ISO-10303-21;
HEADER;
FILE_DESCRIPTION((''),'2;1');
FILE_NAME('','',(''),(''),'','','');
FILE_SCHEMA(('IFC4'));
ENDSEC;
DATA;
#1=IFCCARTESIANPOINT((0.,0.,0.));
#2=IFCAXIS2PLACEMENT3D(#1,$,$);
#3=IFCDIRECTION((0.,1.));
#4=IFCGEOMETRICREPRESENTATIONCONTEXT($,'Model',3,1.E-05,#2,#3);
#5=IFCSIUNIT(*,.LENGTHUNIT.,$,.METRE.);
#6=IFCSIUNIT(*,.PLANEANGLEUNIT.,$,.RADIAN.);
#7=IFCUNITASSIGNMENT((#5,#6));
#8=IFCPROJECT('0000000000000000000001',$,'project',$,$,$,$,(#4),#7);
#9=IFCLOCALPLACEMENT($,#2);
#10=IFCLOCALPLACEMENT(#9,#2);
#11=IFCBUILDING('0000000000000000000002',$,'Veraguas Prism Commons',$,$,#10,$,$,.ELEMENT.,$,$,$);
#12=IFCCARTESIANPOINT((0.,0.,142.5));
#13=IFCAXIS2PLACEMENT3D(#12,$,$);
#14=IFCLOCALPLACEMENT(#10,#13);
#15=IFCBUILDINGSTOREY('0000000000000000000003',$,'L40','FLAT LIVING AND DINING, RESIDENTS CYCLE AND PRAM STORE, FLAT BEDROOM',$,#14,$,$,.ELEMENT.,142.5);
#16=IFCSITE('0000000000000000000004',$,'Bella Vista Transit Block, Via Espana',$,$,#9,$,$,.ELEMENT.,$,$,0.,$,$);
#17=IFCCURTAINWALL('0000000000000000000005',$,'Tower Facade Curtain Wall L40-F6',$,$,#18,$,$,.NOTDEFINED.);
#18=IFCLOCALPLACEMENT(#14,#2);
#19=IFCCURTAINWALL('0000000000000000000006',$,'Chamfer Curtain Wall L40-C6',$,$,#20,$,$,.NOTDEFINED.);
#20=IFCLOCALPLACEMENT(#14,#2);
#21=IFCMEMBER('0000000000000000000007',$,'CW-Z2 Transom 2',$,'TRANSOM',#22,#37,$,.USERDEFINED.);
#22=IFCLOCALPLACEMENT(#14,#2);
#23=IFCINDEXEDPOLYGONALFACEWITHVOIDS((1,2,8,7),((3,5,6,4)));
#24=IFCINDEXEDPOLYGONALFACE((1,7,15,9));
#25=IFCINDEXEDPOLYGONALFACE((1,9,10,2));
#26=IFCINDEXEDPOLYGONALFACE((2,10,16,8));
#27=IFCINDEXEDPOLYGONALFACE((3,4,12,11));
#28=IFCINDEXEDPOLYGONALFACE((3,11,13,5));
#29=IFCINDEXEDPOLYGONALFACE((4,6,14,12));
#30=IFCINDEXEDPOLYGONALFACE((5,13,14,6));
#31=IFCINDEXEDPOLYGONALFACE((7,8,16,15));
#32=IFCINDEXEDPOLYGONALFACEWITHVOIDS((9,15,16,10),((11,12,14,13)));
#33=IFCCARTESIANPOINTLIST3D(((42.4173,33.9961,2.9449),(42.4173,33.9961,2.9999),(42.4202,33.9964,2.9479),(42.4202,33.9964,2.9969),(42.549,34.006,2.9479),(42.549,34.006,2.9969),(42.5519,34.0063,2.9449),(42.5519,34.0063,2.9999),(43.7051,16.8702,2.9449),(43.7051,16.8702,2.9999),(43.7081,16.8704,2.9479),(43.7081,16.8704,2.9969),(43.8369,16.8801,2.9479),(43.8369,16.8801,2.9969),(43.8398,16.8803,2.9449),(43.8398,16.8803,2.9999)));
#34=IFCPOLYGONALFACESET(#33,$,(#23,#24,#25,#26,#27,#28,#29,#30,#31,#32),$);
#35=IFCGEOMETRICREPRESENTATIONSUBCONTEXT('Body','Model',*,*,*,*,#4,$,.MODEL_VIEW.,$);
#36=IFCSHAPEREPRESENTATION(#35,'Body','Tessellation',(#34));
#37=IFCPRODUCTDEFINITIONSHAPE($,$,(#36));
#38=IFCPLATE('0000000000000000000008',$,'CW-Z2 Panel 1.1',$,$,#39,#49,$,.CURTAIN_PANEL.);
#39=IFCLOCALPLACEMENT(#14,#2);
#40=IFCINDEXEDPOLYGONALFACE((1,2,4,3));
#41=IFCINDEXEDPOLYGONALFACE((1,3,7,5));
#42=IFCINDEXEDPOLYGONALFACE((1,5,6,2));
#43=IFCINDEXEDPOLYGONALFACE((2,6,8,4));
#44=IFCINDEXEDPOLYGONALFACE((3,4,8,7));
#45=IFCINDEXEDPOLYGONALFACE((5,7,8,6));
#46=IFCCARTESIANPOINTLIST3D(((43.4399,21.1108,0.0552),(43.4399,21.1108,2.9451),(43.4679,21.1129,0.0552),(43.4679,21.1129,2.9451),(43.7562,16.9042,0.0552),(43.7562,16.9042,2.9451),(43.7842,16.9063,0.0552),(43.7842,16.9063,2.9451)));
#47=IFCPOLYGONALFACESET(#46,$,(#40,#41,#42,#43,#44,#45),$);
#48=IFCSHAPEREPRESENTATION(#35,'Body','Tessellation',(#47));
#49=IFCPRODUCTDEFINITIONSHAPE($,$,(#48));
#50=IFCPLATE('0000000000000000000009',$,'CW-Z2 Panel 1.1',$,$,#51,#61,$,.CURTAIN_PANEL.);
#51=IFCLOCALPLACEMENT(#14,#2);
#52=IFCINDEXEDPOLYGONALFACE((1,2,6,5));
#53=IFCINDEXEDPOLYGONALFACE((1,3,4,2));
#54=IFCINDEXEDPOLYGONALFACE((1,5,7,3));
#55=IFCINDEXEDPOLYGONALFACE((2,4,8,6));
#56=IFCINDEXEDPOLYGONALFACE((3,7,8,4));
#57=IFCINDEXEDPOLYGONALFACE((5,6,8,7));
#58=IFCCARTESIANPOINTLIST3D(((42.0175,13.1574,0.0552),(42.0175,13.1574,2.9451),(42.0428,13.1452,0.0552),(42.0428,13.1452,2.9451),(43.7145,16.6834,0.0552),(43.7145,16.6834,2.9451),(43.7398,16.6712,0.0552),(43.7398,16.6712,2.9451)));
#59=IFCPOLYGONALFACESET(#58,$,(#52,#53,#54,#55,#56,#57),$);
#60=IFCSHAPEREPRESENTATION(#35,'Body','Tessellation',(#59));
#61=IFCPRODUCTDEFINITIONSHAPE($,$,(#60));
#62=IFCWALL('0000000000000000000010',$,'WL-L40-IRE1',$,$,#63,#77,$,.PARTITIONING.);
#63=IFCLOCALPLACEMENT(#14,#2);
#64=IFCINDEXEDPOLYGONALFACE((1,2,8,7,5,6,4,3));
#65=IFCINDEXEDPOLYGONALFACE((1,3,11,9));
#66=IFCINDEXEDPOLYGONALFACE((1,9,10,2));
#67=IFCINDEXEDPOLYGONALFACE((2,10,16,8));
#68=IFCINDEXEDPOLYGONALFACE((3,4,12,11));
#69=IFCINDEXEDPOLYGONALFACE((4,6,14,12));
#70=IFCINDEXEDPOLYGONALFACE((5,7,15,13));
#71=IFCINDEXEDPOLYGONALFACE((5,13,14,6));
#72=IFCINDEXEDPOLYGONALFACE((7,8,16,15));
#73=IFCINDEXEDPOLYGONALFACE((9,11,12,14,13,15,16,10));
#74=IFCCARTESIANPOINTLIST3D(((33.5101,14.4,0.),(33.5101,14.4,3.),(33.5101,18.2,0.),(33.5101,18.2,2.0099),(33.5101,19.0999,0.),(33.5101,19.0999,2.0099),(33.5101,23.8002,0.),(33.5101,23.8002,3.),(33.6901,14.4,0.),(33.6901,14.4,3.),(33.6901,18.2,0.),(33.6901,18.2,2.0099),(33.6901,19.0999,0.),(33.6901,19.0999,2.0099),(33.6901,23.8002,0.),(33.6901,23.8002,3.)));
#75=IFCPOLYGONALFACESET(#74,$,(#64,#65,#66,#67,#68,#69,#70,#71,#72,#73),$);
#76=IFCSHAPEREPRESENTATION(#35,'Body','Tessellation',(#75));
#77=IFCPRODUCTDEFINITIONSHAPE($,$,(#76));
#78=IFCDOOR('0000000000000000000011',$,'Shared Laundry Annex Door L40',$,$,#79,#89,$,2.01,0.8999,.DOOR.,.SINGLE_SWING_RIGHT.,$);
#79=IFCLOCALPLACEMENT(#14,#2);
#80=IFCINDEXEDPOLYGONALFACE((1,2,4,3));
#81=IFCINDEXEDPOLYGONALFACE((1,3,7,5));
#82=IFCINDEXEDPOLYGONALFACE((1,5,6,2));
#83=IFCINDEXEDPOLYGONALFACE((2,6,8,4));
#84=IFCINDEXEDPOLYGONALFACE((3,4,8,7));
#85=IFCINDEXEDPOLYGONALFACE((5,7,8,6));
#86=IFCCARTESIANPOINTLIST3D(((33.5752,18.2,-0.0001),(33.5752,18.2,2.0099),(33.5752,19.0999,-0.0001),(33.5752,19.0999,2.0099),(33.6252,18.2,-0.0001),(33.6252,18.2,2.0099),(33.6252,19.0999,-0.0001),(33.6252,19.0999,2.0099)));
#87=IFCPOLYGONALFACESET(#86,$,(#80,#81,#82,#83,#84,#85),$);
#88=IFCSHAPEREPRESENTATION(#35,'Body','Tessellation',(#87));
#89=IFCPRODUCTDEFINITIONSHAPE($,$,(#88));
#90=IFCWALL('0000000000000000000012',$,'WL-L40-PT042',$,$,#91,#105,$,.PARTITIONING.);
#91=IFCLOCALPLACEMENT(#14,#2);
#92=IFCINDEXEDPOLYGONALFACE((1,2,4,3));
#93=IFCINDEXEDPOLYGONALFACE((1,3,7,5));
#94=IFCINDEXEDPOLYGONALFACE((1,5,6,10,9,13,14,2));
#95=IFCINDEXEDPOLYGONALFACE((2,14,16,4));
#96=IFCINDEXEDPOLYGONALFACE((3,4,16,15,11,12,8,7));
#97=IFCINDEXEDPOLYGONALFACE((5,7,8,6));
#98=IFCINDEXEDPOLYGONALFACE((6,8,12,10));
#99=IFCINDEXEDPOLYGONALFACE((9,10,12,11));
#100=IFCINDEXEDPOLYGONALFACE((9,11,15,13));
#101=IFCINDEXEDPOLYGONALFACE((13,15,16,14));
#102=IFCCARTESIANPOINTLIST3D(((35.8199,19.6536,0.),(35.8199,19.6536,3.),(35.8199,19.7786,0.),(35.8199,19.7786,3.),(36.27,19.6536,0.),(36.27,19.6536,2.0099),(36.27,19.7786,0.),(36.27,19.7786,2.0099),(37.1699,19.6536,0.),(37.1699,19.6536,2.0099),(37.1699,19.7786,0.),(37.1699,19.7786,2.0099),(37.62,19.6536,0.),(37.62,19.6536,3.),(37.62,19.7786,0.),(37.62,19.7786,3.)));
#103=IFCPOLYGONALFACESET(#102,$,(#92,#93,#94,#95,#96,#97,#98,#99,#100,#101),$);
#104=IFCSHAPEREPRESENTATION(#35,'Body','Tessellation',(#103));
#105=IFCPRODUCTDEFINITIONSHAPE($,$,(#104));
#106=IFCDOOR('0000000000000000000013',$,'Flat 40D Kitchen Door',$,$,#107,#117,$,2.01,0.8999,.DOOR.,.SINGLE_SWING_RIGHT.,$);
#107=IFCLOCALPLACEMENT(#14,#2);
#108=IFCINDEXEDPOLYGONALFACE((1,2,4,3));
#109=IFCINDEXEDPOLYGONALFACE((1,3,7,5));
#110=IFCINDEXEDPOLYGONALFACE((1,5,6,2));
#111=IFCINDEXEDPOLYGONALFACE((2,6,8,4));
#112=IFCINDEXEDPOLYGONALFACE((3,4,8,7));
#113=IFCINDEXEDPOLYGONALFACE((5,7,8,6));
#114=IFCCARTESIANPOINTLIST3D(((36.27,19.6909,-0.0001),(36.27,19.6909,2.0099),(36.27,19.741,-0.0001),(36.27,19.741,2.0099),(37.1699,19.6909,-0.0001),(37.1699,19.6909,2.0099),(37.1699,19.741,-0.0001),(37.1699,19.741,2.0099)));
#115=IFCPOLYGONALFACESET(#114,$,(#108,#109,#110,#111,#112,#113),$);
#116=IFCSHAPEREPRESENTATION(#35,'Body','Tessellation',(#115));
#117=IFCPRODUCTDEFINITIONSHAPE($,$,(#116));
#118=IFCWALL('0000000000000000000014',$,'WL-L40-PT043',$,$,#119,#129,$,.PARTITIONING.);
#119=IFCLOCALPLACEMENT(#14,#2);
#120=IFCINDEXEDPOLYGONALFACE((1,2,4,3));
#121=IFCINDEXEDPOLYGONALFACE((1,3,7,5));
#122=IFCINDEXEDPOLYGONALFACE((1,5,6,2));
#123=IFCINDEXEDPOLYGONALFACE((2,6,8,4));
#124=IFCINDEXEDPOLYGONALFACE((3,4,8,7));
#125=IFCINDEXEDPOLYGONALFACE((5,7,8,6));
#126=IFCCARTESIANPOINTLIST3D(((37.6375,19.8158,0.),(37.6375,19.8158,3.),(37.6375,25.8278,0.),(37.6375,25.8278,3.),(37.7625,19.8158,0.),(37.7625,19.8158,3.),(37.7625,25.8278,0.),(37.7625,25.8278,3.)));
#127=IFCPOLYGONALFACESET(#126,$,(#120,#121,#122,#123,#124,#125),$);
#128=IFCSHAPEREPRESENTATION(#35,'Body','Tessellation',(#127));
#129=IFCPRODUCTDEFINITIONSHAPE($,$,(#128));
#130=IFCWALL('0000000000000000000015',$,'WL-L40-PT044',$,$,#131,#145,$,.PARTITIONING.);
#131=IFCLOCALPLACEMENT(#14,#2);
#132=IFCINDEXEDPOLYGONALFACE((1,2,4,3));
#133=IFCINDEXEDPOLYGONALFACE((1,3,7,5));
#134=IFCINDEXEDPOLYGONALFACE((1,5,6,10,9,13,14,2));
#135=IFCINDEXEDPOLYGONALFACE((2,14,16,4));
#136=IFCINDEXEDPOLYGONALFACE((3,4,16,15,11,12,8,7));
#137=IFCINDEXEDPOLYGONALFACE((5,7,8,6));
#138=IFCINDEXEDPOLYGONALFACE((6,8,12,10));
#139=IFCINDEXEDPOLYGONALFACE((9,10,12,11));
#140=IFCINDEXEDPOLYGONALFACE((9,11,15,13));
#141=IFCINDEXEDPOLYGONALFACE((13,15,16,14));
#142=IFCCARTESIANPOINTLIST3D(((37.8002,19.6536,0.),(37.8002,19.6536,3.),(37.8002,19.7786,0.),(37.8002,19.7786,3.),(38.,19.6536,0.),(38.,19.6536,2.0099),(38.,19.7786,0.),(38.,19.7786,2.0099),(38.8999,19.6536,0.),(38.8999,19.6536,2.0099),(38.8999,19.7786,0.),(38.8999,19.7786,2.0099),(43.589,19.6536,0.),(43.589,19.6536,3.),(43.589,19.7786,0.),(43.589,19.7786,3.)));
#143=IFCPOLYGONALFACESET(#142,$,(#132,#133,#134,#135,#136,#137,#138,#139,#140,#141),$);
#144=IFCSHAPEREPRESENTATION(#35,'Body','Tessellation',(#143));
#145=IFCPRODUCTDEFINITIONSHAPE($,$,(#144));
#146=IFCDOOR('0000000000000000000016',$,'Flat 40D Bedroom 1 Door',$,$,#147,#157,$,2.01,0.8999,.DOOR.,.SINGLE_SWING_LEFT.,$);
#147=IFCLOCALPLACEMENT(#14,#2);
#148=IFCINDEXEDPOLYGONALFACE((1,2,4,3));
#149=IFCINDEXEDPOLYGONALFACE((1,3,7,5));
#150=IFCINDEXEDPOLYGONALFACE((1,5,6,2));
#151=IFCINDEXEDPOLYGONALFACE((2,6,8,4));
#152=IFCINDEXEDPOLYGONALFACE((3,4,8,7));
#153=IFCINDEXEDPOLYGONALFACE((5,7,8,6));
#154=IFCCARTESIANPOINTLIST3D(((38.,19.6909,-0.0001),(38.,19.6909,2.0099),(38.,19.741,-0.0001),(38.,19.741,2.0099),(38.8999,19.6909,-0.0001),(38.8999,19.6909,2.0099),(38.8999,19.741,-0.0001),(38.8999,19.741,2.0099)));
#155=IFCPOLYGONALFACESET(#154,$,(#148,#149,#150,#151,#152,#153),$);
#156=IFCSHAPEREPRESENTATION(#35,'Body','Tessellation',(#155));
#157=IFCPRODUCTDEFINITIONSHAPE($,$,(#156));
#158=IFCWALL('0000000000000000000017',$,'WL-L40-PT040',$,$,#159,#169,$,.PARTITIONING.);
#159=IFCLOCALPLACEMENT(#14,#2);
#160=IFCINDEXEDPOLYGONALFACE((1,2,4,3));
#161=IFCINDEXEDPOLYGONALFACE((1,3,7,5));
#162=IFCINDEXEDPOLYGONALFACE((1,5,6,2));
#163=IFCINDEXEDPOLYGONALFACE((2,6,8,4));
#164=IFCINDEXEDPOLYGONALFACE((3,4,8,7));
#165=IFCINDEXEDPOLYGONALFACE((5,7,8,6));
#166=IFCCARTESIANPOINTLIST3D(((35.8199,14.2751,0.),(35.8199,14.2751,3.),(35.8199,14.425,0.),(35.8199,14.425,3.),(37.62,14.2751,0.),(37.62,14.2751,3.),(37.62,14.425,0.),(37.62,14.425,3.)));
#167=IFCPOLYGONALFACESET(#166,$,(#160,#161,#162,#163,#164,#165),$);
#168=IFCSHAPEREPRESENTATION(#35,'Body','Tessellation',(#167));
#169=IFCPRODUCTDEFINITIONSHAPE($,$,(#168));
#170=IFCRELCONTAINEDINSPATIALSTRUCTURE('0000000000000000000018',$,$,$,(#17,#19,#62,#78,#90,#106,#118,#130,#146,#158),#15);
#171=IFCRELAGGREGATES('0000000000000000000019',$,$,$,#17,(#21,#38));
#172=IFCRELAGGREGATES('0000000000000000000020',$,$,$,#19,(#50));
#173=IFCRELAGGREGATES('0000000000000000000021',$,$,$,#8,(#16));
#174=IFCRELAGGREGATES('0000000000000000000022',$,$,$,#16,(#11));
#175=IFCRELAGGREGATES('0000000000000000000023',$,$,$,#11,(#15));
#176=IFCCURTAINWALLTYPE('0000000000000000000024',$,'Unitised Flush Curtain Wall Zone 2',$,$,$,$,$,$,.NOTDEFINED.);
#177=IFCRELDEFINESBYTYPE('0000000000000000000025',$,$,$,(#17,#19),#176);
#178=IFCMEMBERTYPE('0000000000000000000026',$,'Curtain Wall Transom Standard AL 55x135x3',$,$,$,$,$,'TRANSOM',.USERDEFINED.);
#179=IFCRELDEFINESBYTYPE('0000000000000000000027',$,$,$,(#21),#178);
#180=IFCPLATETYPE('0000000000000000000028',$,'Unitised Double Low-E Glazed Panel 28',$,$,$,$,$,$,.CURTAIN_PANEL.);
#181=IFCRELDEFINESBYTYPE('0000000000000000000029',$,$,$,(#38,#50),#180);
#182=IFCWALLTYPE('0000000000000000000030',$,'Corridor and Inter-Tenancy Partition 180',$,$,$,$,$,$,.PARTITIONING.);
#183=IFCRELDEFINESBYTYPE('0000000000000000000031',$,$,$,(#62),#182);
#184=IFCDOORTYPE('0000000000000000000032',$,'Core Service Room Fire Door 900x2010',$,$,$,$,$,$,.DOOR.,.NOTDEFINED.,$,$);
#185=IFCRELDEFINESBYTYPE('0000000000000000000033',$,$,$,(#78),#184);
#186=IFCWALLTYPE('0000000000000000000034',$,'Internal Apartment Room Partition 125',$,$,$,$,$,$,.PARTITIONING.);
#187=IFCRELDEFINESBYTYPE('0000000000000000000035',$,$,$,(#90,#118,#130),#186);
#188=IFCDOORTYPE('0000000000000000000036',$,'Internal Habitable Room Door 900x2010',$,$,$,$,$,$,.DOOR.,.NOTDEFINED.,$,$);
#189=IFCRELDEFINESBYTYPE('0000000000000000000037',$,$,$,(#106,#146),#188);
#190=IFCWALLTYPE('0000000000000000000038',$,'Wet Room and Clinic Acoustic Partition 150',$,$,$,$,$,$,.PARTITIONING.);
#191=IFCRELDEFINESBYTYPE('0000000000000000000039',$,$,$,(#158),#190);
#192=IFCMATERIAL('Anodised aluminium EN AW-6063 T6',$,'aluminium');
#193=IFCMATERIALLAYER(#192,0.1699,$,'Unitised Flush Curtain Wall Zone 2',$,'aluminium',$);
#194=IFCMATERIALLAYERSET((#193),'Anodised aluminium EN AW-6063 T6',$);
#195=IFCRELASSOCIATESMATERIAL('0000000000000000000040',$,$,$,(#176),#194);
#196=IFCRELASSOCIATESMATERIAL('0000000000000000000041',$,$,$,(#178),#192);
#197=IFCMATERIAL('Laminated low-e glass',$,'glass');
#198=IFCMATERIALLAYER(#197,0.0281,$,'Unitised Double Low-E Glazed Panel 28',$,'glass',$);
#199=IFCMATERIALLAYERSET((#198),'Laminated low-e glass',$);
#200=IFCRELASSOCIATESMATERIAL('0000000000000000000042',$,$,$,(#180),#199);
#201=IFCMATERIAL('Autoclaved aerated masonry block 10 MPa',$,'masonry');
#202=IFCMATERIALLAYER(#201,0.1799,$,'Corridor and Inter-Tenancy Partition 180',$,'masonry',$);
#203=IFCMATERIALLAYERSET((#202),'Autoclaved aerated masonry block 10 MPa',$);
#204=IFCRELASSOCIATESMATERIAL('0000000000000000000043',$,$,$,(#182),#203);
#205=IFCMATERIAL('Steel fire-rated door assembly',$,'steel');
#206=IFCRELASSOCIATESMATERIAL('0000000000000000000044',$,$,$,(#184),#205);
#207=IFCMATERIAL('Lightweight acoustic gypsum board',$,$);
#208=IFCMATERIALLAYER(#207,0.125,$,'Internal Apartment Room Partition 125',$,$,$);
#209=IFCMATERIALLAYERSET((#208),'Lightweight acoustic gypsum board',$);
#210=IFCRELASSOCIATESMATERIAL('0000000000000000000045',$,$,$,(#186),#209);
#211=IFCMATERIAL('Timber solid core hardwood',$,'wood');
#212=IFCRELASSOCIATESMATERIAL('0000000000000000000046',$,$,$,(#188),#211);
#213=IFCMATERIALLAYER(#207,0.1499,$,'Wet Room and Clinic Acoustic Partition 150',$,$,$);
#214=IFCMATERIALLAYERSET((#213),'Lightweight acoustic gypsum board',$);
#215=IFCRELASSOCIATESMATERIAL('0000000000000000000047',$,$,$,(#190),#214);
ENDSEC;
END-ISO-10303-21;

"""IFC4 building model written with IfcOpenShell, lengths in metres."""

from ifc_helpers import new_model, si_unit, direction, frame, frame_2d, origin, origin_2d, place, context, subcontext, project, spatial, rectangle, hollow_rectangle, extrude, source, transform, mapped, material, layer, layer_set, material_profile, profile_set, type_object, element, fill, aggregate, save


model = new_model("IFC4")

# Units and contexts
model_context = context("Model", 3, precision=1e-05, world=origin(), true_north=direction((0.0, 1.0)))
body_context = subcontext(model_context, "Body", "Model", "MODEL_VIEW")
ifc_project = project(units=[si_unit("LENGTHUNIT", "METRE"), si_unit("PLANEANGLEUNIT", "RADIAN")], contexts=[model_context])

# Site, building, storey
site_placement = place(None, origin())
site = spatial("IfcSite", under=ifc_project, at=site_placement, Name="Bella Vista Transit Block, Via Espana", CompositionType="ELEMENT", RefElevation=0.0)
building_placement = place(site_placement, origin())
building = spatial("IfcBuilding", under=site, at=building_placement, Name="Veraguas Prism Commons", CompositionType="ELEMENT")
storey_placement = place(building_placement, frame((0.0, 0.0, 142.5)))
storey = spatial("IfcBuildingStorey", under=building, at=storey_placement, Name="L40", Description="FLAT LIVING AND DINING, RESIDENTS CYCLE AND PRAM STORE, FLAT BEDROOM", CompositionType="ELEMENT", Elevation=142.5)

# Curtain wall
ifc_material_1 = material(Name="Anodised aluminium EN AW-6063 T6", Category="aluminium")
ifc_layer_1 = layer(ifc_material_1, 0.1699, Name="Unitised Flush Curtain Wall Zone 2", Category="aluminium")
ifc_layer_set_1 = layer_set([ifc_layer_1], Name="Anodised aluminium EN AW-6063 T6")
curtain_wall_type = type_object("IfcCurtainWallType", Name="Unitised Flush Curtain Wall Zone 2", PredefinedType="NOTDEFINED", material=ifc_layer_set_1)
curtain_wall_1_placement = place(storey_placement, origin())
curtain_wall_1 = element("IfcCurtainWall", 1, at=curtain_wall_1_placement, inside=storey, type_object=curtain_wall_type, Name="Tower Facade Curtain Wall L40-F6", PredefinedType="NOTDEFINED")

# Curtain wall
curtain_wall_2_placement = place(storey_placement, origin())
curtain_wall_2 = element("IfcCurtainWall", 2, at=curtain_wall_2_placement, inside=storey, type_object=curtain_wall_type, Name="Chamfer Curtain Wall L40-C6", PredefinedType="NOTDEFINED")

# Member
ifc_material_profile_1 = material_profile(ifc_material_1, hollow_rectangle(XDim=0.0549, YDim=0.135, WallThickness=0.0029, at=origin_2d()), Name="AL55X135X3")
ifc_profile_set_1 = profile_set([ifc_material_profile_1], Name="Anodised aluminium EN AW-6063 T6")
member_type_1 = type_object("IfcMemberType", Name="Curtain Wall Transom Standard AL 55x135x3", ElementType="TRANSOM", PredefinedType="USERDEFINED", material=ifc_profile_set_1)
shared_shape_1 = source(origin(), body_context, "Body", "SweptSolid", [
    extrude(hollow_rectangle(XDim=0.0549, YDim=0.135, WallThickness=0.0029, at=origin_2d()), origin(), (0.0, 0.0, 1.0), 17.1743),
])
member_1_placement = place(storey_placement, frame((43.7725, 16.8752, 2.9724), z_axis=(-0.074986, 0.997185, 0.0), x_axis=(0.0, 0.0, 1.0)))
member_1 = element("IfcMember", 3, at=member_1_placement, type_object=member_type_1, Name="CW-Z2 Transom 2", ObjectType="TRANSOM", PredefinedType="USERDEFINED", context=body_context, shape_type="MappedRepresentation", body=[
    mapped(shared_shape_1, transform((0.0, 0.0, 0.0), scale=1.0)),
])

# Plates
ifc_material_2 = material(Name="Laminated low-e glass", Category="glass")
ifc_layer_2 = layer(ifc_material_2, 0.0281, Name="Unitised Double Low-E Glazed Panel 28", Category="glass")
ifc_layer_set_2 = layer_set([ifc_layer_2], Name="Laminated low-e glass")
plate_type = type_object("IfcPlateType", Name="Unitised Double Low-E Glazed Panel 28", PredefinedType="CURTAIN_PANEL", material=ifc_layer_set_2)
shared_shape_2 = source(origin(), body_context, "Body", "SweptSolid", [
    extrude(rectangle(XDim=4.2185, YDim=0.0281, at=origin_2d()), origin(), (0.0, 0.0, 1.0), 2.8899),
])
plate_1_placement = place(storey_placement, frame((43.6121, 19.0085, 0.0552), z_axis=(0.0, 0.0, 1.0), x_axis=(-0.074979, 0.997185, 0.0)))
plate_1 = element("IfcPlate", 4, at=plate_1_placement, type_object=plate_type, Name="CW-Z2 Panel 1.1", PredefinedType="CURTAIN_PANEL", context=body_context, shape_type="MappedRepresentation", body=[
    mapped(shared_shape_2, transform((0.0, 0.0, 0.0), scale=1.0)),
])
aggregate(curtain_wall_1, [member_1, plate_1])
shared_shape_3 = source(origin(), body_context, "Body", "SweptSolid", [
    extrude(rectangle(XDim=3.9131, YDim=0.0281, at=origin_2d()), origin(), (0.0, 0.0, 1.0), 2.8899),
])
plate_2_placement = place(storey_placement, frame((42.8787, 14.9143, 0.0552), z_axis=(0.0, 0.0, 1.0), x_axis=(0.433684, 0.901065, 0.0)))
plate_2 = element("IfcPlate", 5, at=plate_2_placement, type_object=plate_type, Name="CW-Z2 Panel 1.1", PredefinedType="CURTAIN_PANEL", context=body_context, shape_type="MappedRepresentation", body=[
    mapped(shared_shape_3, transform((0.0, 0.0, 0.0), scale=1.0)),
])
aggregate(curtain_wall_2, [plate_2])

# Walls, openings, doors
ifc_material_3 = material(Name="Autoclaved aerated masonry block 10 MPa", Category="masonry")
ifc_layer_3 = layer(ifc_material_3, 0.1799, Name="Corridor and Inter-Tenancy Partition 180", Category="masonry")
ifc_layer_set_3 = layer_set([ifc_layer_3], Name="Autoclaved aerated masonry block 10 MPa")
wall_type_1 = type_object("IfcWallType", Name="Corridor and Inter-Tenancy Partition 180", PredefinedType="PARTITIONING", material=ifc_layer_set_3)
wall_1_placement = place(storey_placement, frame((33.6001, 14.3999, 0.0), z_axis=(0.0, 0.0, 1.0), x_axis=(0.0, 1.0, 0.0)))
wall_1 = element("IfcWall", 6, at=wall_1_placement, inside=storey, type_object=wall_type_1, Name="WL-L40-IRE1", PredefinedType="PARTITIONING", context=body_context, shape_type="SweptSolid", body=[
    extrude(rectangle(XDim=9.4001, YDim=0.1799, at=frame_2d((4.7002, 0.0))), origin(), (0.0, 0.0, 1.0), 3.0),
])
opening_1_placement = place(wall_1_placement, frame((3.8, 0.0, 0.0)))
opening_1 = element("IfcOpeningElement", 7, at=opening_1_placement, cuts=wall_1, PredefinedType="OPENING", context=body_context, shape_type="SweptSolid", body=[
    extrude(rectangle(XDim=0.8999, YDim=2.01, at=frame_2d((0.45, 1.0049))), frame((0.0, 0.0999, 0.0), z_axis=(0.0, -1.0, 0.0), x_axis=(1.0, 0.0, 0.0)), (0.0, 0.0, 1.0), 0.2),
])
ifc_material_4 = material(Name="Steel fire-rated door assembly", Category="steel")
door_type_1 = type_object("IfcDoorType", Name="Core Service Room Fire Door 900x2010", OperationType="NOTDEFINED", PredefinedType="DOOR", material=ifc_material_4)
shared_shape_4 = source(origin(), body_context, "Body", "SweptSolid", [
    extrude(rectangle(XDim=0.8999, YDim=2.01, at=frame_2d((0.45, 1.0049))), frame((0.0, 0.0249, 0.0), z_axis=(0.0, -1.0, 0.0), x_axis=(1.0, 0.0, 0.0)), (0.0, 0.0, 1.0), 0.05),
])
door_1_placement = place(opening_1_placement, origin())
door_1 = element("IfcDoor", 8, at=door_1_placement, inside=storey, type_object=door_type_1, Name="Shared Laundry Annex Door L40", OperationType="SINGLE_SWING_RIGHT", OverallHeight=2.01, OverallWidth=0.8999, PredefinedType="DOOR", context=body_context, shape_type="MappedRepresentation", body=[
    mapped(shared_shape_4, transform((0.0, 0.0, 0.0), scale=1.0)),
])
fill(opening_1, door_1)
ifc_material_5 = material(Name="Lightweight acoustic gypsum board")
ifc_layer_4 = layer(ifc_material_5, 0.125, Name="Internal Apartment Room Partition 125")
ifc_layer_set_4 = layer_set([ifc_layer_4], Name="Lightweight acoustic gypsum board")
wall_type_2 = type_object("IfcWallType", Name="Internal Apartment Room Partition 125", PredefinedType="PARTITIONING", material=ifc_layer_set_4)
wall_2_placement = place(storey_placement, frame((35.8201, 19.7161, 0.0), z_axis=(0.0, 0.0, 1.0), x_axis=(1.0, 0.0, 0.0)))
wall_2 = element("IfcWall", 9, at=wall_2_placement, inside=storey, type_object=wall_type_2, Name="WL-L40-PT042", PredefinedType="PARTITIONING", context=body_context, shape_type="SweptSolid", body=[
    extrude(rectangle(XDim=1.8, YDim=0.125, at=frame_2d((0.8999, 0.0))), origin(), (0.0, 0.0, 1.0), 3.0),
])
opening_2_placement = place(wall_2_placement, frame((0.45, 0.0, 0.0)))
opening_2 = element("IfcOpeningElement", 10, at=opening_2_placement, cuts=wall_2, PredefinedType="OPENING", context=body_context, shape_type="SweptSolid", body=[
    extrude(rectangle(XDim=0.8999, YDim=2.01, at=frame_2d((0.45, 1.0049))), frame((0.0, 0.0725, 0.0), z_axis=(0.0, -1.0, 0.0), x_axis=(1.0, 0.0, 0.0)), (0.0, 0.0, 1.0), 0.145),
])
ifc_material_6 = material(Name="Timber solid core hardwood", Category="wood")
door_type_2 = type_object("IfcDoorType", Name="Internal Habitable Room Door 900x2010", OperationType="NOTDEFINED", PredefinedType="DOOR", material=ifc_material_6)
door_2_placement = place(opening_2_placement, origin())
door_2 = element("IfcDoor", 11, at=door_2_placement, inside=storey, type_object=door_type_2, Name="Flat 40D Kitchen Door", OperationType="SINGLE_SWING_RIGHT", OverallHeight=2.01, OverallWidth=0.8999, PredefinedType="DOOR", context=body_context, shape_type="MappedRepresentation", body=[
    mapped(shared_shape_4, transform((0.0, 0.0, 0.0), scale=1.0)),
])
fill(opening_2, door_2)

# Wall
wall_3_placement = place(storey_placement, frame((37.7, 19.8159, 0.0), z_axis=(0.0, 0.0, 1.0), x_axis=(0.0, 1.0, 0.0)))
element("IfcWall", 12, at=wall_3_placement, inside=storey, type_object=wall_type_2, Name="WL-L40-PT043", PredefinedType="PARTITIONING", context=body_context, shape_type="SweptSolid", body=[
    extrude(rectangle(XDim=6.012, YDim=0.125, at=frame_2d((3.0059, 0.0))), origin(), (0.0, 0.0, 1.0), 3.0),
])

# Wall, opening, door
wall_4_placement = place(storey_placement, frame((37.8, 19.7161, 0.0), z_axis=(0.0, 0.0, 1.0), x_axis=(1.0, 0.0, 0.0)))
wall_4 = element("IfcWall", 13, at=wall_4_placement, inside=storey, type_object=wall_type_2, Name="WL-L40-PT044", PredefinedType="PARTITIONING", context=body_context, shape_type="SweptSolid", body=[
    extrude(rectangle(XDim=5.7888, YDim=0.125, at=frame_2d((2.8945, 0.0))), origin(), (0.0, 0.0, 1.0), 3.0),
])
opening_3_placement = place(wall_4_placement, frame((0.2, 0.0, 0.0)))
opening_3 = element("IfcOpeningElement", 14, at=opening_3_placement, cuts=wall_4, PredefinedType="OPENING", context=body_context, shape_type="SweptSolid", body=[
    extrude(rectangle(XDim=0.8999, YDim=2.01, at=frame_2d((0.45, 1.0049))), frame((0.0, 0.0725, 0.0), z_axis=(0.0, -1.0, 0.0), x_axis=(1.0, 0.0, 0.0)), (0.0, 0.0, 1.0), 0.145),
])
door_3_placement = place(opening_3_placement, origin())
door_3 = element("IfcDoor", 15, at=door_3_placement, inside=storey, type_object=door_type_2, Name="Flat 40D Bedroom 1 Door", OperationType="SINGLE_SWING_LEFT", OverallHeight=2.01, OverallWidth=0.8999, PredefinedType="DOOR", context=body_context, shape_type="MappedRepresentation", body=[
    mapped(shared_shape_4, transform((0.0, 0.0, 0.0), scale=1.0)),
])
fill(opening_3, door_3)

# Wall
ifc_layer_5 = layer(ifc_material_5, 0.1499, Name="Wet Room and Clinic Acoustic Partition 150")
ifc_layer_set_5 = layer_set([ifc_layer_5], Name="Lightweight acoustic gypsum board")
wall_type_3 = type_object("IfcWallType", Name="Wet Room and Clinic Acoustic Partition 150", PredefinedType="PARTITIONING", material=ifc_layer_set_5)
wall_5_placement = place(storey_placement, frame((35.8201, 14.3501, 0.0), z_axis=(0.0, 0.0, 1.0), x_axis=(1.0, 0.0, 0.0)))
element("IfcWall", 16, at=wall_5_placement, inside=storey, type_object=wall_type_3, Name="WL-L40-PT040", PredefinedType="PARTITIONING", context=body_context, shape_type="SweptSolid", body=[
    extrude(rectangle(XDim=1.8, YDim=0.1499, at=frame_2d((0.8999, 0.0))), origin(), (0.0, 0.0, 1.0), 3.0),
])

save(model, "model.ifc")
